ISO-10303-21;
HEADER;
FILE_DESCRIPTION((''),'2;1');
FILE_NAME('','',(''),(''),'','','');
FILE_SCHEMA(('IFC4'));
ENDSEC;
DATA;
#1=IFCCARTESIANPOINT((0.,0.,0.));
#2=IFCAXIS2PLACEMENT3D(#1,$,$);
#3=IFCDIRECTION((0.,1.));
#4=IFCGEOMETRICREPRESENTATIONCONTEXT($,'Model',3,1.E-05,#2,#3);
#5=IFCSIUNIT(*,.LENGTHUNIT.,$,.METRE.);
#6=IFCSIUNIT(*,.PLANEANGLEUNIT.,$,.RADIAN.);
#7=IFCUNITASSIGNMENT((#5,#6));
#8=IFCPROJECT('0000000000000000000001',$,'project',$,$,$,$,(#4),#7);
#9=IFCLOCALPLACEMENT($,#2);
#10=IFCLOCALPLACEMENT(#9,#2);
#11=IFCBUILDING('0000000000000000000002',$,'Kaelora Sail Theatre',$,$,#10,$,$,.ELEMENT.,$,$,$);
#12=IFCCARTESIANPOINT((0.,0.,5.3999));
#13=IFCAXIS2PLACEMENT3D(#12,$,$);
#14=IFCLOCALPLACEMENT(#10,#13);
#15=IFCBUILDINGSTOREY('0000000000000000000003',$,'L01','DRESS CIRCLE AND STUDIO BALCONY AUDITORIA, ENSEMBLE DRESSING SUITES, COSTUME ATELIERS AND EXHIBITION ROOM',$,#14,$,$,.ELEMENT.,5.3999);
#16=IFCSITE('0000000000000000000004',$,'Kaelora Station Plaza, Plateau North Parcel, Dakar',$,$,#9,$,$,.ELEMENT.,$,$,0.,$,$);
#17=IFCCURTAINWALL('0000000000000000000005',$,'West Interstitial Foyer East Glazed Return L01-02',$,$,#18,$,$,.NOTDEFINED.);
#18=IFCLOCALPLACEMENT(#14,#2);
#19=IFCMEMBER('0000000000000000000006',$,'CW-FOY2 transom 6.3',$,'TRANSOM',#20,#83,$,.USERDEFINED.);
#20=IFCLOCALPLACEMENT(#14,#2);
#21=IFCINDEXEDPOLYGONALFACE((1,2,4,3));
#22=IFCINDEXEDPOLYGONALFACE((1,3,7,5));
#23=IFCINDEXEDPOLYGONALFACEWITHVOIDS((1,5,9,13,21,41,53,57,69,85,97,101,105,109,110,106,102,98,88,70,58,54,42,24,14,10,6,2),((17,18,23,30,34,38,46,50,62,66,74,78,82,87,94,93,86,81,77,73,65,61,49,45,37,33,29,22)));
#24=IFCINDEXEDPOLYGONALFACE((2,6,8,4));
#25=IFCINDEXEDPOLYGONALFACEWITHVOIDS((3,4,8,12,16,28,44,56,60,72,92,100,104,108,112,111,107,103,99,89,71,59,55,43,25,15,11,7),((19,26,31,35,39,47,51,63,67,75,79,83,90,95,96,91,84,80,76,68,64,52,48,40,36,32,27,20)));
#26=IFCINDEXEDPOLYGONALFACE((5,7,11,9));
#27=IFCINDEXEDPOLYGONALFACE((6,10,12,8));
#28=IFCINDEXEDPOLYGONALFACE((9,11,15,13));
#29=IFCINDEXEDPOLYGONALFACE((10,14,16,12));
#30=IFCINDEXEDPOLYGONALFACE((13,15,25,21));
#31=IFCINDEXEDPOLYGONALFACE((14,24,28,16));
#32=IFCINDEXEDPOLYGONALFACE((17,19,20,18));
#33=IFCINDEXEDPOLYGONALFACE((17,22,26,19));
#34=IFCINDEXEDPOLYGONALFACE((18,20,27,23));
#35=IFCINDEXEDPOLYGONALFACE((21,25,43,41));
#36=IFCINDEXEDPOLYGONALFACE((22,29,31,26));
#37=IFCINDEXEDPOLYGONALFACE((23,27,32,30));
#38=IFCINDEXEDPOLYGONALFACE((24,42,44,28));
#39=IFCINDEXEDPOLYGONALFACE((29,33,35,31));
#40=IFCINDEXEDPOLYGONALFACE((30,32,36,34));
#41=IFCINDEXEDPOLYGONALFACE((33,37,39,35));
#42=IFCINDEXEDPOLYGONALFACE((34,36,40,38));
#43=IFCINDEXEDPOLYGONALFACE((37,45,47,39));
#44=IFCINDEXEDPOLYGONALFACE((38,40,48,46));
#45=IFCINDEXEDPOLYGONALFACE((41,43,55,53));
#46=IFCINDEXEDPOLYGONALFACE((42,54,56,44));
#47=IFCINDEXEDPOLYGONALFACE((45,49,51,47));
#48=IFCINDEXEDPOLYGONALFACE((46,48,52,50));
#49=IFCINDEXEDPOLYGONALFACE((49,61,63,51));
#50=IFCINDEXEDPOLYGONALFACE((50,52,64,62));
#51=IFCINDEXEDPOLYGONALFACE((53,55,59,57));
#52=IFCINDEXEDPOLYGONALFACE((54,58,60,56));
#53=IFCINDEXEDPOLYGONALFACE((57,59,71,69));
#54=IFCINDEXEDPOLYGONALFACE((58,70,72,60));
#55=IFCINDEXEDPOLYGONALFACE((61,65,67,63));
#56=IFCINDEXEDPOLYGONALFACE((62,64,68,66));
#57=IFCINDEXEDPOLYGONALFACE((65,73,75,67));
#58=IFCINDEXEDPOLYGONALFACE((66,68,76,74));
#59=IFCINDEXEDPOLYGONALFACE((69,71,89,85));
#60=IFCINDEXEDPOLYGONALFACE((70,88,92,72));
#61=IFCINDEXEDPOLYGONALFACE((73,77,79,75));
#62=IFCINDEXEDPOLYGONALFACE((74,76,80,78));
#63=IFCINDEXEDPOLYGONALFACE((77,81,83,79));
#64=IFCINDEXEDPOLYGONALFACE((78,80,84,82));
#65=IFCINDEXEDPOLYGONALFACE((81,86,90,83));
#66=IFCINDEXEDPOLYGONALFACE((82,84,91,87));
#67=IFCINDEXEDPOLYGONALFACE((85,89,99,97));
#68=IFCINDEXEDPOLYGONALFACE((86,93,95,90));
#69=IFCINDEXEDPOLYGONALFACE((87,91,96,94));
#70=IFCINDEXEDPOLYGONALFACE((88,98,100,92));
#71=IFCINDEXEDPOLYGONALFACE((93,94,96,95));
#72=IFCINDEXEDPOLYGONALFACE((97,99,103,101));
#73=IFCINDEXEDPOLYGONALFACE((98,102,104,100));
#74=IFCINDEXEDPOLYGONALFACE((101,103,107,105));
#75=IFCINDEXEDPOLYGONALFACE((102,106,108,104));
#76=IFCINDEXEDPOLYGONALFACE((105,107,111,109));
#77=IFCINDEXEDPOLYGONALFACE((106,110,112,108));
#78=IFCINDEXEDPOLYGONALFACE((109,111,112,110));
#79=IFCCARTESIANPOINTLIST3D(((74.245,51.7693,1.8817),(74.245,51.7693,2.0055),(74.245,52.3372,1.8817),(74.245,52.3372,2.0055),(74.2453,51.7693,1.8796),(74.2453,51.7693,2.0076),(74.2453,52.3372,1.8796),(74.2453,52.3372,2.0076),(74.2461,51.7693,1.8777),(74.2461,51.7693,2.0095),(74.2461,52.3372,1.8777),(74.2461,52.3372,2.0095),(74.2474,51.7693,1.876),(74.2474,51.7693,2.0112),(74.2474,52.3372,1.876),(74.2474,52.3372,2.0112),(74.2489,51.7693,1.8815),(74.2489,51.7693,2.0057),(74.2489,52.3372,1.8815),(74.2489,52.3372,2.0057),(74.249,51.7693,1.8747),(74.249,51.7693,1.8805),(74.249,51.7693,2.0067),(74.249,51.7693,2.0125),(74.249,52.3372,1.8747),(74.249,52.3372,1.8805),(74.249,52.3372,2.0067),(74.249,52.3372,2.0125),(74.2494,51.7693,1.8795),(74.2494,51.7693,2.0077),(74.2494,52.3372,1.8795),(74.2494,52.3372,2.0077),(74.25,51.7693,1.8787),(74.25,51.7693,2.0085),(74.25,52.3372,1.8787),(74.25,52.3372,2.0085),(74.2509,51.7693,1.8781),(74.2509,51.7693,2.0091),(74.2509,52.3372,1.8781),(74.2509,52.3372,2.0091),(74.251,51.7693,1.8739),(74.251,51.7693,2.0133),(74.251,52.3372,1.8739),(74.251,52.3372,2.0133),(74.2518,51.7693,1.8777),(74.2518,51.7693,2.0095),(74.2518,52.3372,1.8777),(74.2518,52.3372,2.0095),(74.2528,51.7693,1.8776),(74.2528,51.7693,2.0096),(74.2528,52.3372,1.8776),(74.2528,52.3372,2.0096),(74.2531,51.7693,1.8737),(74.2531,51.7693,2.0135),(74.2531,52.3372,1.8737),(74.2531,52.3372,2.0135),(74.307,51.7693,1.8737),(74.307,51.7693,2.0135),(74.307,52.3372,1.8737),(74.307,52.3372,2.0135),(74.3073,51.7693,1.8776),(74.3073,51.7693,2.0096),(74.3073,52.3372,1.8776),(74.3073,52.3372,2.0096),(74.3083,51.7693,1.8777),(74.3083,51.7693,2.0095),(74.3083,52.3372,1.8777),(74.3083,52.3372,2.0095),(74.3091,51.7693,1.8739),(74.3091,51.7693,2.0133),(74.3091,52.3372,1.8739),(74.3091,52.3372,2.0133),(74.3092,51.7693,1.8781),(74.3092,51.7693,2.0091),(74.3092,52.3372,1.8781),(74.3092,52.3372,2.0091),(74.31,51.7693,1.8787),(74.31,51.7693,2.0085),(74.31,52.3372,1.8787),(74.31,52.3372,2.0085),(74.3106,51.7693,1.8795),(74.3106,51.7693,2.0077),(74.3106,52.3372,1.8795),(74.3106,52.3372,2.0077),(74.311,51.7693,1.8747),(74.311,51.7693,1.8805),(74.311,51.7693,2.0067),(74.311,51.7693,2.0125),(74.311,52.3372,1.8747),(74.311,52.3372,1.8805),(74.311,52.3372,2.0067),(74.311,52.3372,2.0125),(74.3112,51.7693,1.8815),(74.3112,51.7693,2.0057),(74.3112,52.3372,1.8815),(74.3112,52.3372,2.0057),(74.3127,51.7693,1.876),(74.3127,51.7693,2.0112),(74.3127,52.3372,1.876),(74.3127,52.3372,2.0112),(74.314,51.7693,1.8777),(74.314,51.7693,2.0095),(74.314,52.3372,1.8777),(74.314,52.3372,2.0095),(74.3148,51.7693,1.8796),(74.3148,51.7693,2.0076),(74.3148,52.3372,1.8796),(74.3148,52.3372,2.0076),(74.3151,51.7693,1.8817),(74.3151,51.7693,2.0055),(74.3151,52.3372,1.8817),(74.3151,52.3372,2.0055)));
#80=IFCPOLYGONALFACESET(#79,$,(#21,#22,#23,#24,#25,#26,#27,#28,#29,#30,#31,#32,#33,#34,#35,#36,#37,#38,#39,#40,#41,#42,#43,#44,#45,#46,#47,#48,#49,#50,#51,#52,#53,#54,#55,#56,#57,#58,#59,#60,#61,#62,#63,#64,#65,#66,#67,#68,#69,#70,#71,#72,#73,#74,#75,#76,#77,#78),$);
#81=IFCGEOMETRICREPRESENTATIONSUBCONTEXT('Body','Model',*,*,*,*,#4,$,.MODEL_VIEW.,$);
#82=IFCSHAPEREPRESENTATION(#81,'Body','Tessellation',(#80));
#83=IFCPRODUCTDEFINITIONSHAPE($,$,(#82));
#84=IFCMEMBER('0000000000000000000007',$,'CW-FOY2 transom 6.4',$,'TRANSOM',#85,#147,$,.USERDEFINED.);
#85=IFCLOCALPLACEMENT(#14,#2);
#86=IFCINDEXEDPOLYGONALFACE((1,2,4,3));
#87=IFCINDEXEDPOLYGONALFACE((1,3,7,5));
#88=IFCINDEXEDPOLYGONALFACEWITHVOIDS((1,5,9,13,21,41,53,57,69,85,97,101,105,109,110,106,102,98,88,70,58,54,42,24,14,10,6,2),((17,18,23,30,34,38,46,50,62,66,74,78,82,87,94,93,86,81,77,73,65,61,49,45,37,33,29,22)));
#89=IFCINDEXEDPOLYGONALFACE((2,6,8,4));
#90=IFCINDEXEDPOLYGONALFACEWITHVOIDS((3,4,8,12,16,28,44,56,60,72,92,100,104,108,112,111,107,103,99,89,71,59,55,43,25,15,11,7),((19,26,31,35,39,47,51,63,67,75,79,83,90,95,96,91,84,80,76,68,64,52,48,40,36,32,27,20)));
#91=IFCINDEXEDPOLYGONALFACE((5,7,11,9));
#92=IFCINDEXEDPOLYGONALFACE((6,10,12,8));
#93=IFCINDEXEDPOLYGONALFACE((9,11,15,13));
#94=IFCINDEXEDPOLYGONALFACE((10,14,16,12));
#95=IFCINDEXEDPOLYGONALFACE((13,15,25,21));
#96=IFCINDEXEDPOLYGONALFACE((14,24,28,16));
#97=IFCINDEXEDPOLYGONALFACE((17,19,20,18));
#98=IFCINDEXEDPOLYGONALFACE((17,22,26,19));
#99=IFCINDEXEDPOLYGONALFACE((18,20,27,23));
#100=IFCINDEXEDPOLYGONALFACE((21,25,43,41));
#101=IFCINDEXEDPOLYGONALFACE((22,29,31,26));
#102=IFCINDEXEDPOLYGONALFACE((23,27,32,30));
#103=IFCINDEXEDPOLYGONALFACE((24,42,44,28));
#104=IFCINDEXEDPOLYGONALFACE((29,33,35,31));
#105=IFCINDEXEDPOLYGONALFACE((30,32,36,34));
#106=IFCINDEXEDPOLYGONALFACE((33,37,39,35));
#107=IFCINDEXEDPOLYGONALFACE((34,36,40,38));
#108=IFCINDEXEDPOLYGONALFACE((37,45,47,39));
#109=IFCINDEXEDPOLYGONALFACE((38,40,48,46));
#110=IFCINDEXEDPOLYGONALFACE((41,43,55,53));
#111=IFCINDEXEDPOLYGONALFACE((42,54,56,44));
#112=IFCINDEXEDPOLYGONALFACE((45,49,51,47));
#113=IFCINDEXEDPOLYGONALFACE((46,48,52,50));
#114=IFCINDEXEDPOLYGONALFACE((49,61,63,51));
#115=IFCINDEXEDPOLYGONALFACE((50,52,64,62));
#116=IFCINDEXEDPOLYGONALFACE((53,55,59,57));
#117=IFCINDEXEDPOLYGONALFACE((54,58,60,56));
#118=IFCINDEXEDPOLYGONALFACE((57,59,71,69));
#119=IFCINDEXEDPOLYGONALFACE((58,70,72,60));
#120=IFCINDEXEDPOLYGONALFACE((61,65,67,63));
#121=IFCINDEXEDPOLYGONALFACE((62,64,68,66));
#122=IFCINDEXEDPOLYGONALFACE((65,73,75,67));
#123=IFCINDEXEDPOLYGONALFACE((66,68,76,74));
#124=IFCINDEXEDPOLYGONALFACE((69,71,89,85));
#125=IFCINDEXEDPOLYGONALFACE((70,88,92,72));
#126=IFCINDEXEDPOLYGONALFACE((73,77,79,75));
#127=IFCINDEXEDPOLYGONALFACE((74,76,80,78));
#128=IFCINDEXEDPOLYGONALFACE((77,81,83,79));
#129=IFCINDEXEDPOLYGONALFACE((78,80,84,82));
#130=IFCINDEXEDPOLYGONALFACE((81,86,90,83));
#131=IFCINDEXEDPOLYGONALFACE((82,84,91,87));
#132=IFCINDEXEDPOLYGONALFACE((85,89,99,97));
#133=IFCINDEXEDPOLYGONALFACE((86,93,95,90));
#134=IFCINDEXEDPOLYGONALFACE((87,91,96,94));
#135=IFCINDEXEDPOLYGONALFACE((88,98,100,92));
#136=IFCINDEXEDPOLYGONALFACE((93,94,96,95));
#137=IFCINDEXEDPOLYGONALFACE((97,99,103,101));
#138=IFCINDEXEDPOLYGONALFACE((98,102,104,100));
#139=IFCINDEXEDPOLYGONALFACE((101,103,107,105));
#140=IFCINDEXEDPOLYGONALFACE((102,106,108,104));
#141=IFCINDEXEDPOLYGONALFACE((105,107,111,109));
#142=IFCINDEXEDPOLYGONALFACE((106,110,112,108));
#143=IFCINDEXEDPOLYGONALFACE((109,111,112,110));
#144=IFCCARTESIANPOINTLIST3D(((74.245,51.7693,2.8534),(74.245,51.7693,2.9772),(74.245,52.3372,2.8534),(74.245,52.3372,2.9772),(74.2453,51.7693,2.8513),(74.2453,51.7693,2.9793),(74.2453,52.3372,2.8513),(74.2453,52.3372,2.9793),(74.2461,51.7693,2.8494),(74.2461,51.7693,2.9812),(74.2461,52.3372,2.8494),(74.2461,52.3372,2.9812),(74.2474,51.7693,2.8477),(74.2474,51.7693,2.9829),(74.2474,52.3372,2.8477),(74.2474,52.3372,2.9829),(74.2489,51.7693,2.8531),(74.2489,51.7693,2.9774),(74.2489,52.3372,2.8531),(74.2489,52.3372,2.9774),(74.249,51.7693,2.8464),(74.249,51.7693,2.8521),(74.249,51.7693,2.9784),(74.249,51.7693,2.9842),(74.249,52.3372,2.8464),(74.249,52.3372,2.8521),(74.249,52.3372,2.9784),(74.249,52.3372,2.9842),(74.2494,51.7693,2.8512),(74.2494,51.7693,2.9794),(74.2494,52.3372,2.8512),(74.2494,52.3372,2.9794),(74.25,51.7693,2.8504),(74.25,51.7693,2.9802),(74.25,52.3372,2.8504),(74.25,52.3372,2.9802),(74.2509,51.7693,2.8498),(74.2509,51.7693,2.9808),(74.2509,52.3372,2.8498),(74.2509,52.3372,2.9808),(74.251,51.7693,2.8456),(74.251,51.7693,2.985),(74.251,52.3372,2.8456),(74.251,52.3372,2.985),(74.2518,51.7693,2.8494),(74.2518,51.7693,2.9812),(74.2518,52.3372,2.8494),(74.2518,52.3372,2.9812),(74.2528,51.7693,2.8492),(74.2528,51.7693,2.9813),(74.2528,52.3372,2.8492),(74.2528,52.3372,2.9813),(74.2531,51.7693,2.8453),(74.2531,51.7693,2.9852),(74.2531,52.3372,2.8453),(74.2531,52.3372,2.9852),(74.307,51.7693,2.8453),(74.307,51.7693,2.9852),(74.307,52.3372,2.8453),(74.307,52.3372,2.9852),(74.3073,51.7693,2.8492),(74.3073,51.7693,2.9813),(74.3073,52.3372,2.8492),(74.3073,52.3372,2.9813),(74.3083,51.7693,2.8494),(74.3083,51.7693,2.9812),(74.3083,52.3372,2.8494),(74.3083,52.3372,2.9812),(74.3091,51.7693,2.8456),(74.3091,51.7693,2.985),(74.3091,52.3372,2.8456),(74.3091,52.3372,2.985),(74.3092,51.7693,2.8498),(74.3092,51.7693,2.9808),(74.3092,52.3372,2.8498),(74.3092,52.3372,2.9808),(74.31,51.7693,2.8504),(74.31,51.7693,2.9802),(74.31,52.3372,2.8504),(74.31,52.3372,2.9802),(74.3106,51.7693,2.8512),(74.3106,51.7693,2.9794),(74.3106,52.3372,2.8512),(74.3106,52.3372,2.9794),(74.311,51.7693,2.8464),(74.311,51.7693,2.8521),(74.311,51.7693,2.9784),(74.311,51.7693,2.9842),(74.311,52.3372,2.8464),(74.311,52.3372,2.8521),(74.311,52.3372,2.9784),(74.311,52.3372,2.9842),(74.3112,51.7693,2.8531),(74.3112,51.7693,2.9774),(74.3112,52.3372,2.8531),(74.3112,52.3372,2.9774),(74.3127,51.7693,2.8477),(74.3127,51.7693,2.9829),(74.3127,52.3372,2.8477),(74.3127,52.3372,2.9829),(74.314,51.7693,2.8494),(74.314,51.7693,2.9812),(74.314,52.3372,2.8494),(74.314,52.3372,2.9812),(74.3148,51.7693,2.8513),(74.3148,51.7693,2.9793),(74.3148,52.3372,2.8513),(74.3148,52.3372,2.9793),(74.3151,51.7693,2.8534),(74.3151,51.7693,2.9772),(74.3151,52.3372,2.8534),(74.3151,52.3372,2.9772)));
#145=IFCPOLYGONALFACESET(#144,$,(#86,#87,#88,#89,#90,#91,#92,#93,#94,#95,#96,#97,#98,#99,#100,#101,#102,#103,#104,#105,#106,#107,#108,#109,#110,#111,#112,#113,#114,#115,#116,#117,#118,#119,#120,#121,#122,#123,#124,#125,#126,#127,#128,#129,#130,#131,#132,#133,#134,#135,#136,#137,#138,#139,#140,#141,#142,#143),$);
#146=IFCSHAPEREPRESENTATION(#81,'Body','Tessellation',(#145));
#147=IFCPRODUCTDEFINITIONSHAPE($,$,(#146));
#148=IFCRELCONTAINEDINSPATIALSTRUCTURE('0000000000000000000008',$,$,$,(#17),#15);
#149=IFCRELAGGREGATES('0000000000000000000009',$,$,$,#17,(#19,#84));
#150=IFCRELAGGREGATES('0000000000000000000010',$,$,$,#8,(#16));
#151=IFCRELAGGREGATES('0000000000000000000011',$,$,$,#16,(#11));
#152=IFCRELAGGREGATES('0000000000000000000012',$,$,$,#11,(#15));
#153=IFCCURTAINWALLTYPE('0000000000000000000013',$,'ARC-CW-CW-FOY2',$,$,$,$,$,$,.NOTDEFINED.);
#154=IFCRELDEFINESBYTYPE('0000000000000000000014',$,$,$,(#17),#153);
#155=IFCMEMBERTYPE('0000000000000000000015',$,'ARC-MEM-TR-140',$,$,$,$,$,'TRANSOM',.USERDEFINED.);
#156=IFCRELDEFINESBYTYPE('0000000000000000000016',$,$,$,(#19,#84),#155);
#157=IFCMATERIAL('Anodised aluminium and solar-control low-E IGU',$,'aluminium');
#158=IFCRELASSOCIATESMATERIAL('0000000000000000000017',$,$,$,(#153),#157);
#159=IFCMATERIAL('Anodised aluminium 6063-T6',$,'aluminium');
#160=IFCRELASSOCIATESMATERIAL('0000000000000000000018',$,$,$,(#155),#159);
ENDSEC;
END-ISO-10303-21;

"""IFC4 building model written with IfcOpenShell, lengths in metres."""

from ifc_helpers import new_model, si_unit, direction, frame, origin, origin_2d, place, context, subcontext, project, spatial, hollow_rectangle, extrude, material, material_profile, profile_set, type_object, element, aggregate, save


model = new_model("IFC4")

# Units and contexts
model_context = context("Model", 3, precision=1e-05, world=origin(), true_north=direction((0.0, 1.0)))
body_context = subcontext(model_context, "Body", "Model", "MODEL_VIEW")
ifc_project = project(units=[si_unit("LENGTHUNIT", "METRE"), si_unit("PLANEANGLEUNIT", "RADIAN")], contexts=[model_context])

# Site, building, storey
site_placement = place(None, origin())
site = spatial("IfcSite", under=ifc_project, at=site_placement, Name="Kaelora Station Plaza, Plateau North Parcel, Dakar", CompositionType="ELEMENT", RefElevation=0.0)
building_placement = place(site_placement, origin())
building = spatial("IfcBuilding", under=site, at=building_placement, Name="Kaelora Sail Theatre", CompositionType="ELEMENT")
storey_placement = place(building_placement, frame((0.0, 0.0, 5.3999)))
storey = spatial("IfcBuildingStorey", under=building, at=storey_placement, Name="L01", Description="DRESS CIRCLE AND STUDIO BALCONY AUDITORIA, ENSEMBLE DRESSING SUITES, COSTUME ATELIERS AND EXHIBITION ROOM", CompositionType="ELEMENT", Elevation=5.3999)

# Curtain wall, members
ifc_material_1 = material(Name="Anodised aluminium and solar-control low-E IGU", Category="aluminium")
curtain_wall_type = type_object("IfcCurtainWallType", Name="ARC-CW-CW-FOY2", PredefinedType="NOTDEFINED", material=ifc_material_1)
curtain_wall_placement = place(storey_placement, origin())
curtain_wall = element("IfcCurtainWall", 1, at=curtain_wall_placement, inside=storey, type_object=curtain_wall_type, Name="West Interstitial Foyer East Glazed Return L01-02", PredefinedType="NOTDEFINED")
ifc_material_2 = material(Name="Anodised aluminium 6063-T6", Category="aluminium")
ifc_material_profile_1 = material_profile(ifc_material_2, hollow_rectangle(XDim=0.0701, YDim=0.1399, WallThickness=0.0039, InnerFilletRadius=0.0039, OuterFilletRadius=0.0081, at=origin_2d()), Name="ALU-TRAN 70x140x4")
ifc_profile_set_1 = profile_set([ifc_material_profile_1], Name="Anodised aluminium 6063-T6")
member_type_1 = type_object("IfcMemberType", Name="ARC-MEM-TR-140", ElementType="TRANSOM", PredefinedType="USERDEFINED", material=ifc_profile_set_1)
member_1_placement = place(storey_placement, frame((74.28, 51.7693, 1.9436), z_axis=(0.0, 1.0, 0.0), x_axis=(-1.0, 0.0, 0.0)))
member_1 = element("IfcMember", 2, at=member_1_placement, type_object=member_type_1, Name="CW-FOY2 transom 6.3", ObjectType="TRANSOM", PredefinedType="USERDEFINED", context=body_context, shape_type="SweptSolid", body=[
    extrude(hollow_rectangle(XDim=0.0701, YDim=0.1399, WallThickness=0.0039, InnerFilletRadius=0.0039, OuterFilletRadius=0.0081, at=origin_2d()), origin(), (0.0, 0.0, 1.0), 0.5679),
])
member_2_placement = place(storey_placement, frame((74.28, 51.7693, 2.9153), z_axis=(0.0, 1.0, 0.0), x_axis=(-1.0, 0.0, 0.0)))
member_2 = element("IfcMember", 3, at=member_2_placement, type_object=member_type_1, Name="CW-FOY2 transom 6.4", ObjectType="TRANSOM", PredefinedType="USERDEFINED", context=body_context, shape_type="SweptSolid", body=[
    extrude(hollow_rectangle(XDim=0.0701, YDim=0.1399, WallThickness=0.0039, InnerFilletRadius=0.0039, OuterFilletRadius=0.0081, at=origin_2d()), origin(), (0.0, 0.0, 1.0), 0.5679),
])

aggregate(curtain_wall, [member_1, member_2])

save(model, "model.ifc")
